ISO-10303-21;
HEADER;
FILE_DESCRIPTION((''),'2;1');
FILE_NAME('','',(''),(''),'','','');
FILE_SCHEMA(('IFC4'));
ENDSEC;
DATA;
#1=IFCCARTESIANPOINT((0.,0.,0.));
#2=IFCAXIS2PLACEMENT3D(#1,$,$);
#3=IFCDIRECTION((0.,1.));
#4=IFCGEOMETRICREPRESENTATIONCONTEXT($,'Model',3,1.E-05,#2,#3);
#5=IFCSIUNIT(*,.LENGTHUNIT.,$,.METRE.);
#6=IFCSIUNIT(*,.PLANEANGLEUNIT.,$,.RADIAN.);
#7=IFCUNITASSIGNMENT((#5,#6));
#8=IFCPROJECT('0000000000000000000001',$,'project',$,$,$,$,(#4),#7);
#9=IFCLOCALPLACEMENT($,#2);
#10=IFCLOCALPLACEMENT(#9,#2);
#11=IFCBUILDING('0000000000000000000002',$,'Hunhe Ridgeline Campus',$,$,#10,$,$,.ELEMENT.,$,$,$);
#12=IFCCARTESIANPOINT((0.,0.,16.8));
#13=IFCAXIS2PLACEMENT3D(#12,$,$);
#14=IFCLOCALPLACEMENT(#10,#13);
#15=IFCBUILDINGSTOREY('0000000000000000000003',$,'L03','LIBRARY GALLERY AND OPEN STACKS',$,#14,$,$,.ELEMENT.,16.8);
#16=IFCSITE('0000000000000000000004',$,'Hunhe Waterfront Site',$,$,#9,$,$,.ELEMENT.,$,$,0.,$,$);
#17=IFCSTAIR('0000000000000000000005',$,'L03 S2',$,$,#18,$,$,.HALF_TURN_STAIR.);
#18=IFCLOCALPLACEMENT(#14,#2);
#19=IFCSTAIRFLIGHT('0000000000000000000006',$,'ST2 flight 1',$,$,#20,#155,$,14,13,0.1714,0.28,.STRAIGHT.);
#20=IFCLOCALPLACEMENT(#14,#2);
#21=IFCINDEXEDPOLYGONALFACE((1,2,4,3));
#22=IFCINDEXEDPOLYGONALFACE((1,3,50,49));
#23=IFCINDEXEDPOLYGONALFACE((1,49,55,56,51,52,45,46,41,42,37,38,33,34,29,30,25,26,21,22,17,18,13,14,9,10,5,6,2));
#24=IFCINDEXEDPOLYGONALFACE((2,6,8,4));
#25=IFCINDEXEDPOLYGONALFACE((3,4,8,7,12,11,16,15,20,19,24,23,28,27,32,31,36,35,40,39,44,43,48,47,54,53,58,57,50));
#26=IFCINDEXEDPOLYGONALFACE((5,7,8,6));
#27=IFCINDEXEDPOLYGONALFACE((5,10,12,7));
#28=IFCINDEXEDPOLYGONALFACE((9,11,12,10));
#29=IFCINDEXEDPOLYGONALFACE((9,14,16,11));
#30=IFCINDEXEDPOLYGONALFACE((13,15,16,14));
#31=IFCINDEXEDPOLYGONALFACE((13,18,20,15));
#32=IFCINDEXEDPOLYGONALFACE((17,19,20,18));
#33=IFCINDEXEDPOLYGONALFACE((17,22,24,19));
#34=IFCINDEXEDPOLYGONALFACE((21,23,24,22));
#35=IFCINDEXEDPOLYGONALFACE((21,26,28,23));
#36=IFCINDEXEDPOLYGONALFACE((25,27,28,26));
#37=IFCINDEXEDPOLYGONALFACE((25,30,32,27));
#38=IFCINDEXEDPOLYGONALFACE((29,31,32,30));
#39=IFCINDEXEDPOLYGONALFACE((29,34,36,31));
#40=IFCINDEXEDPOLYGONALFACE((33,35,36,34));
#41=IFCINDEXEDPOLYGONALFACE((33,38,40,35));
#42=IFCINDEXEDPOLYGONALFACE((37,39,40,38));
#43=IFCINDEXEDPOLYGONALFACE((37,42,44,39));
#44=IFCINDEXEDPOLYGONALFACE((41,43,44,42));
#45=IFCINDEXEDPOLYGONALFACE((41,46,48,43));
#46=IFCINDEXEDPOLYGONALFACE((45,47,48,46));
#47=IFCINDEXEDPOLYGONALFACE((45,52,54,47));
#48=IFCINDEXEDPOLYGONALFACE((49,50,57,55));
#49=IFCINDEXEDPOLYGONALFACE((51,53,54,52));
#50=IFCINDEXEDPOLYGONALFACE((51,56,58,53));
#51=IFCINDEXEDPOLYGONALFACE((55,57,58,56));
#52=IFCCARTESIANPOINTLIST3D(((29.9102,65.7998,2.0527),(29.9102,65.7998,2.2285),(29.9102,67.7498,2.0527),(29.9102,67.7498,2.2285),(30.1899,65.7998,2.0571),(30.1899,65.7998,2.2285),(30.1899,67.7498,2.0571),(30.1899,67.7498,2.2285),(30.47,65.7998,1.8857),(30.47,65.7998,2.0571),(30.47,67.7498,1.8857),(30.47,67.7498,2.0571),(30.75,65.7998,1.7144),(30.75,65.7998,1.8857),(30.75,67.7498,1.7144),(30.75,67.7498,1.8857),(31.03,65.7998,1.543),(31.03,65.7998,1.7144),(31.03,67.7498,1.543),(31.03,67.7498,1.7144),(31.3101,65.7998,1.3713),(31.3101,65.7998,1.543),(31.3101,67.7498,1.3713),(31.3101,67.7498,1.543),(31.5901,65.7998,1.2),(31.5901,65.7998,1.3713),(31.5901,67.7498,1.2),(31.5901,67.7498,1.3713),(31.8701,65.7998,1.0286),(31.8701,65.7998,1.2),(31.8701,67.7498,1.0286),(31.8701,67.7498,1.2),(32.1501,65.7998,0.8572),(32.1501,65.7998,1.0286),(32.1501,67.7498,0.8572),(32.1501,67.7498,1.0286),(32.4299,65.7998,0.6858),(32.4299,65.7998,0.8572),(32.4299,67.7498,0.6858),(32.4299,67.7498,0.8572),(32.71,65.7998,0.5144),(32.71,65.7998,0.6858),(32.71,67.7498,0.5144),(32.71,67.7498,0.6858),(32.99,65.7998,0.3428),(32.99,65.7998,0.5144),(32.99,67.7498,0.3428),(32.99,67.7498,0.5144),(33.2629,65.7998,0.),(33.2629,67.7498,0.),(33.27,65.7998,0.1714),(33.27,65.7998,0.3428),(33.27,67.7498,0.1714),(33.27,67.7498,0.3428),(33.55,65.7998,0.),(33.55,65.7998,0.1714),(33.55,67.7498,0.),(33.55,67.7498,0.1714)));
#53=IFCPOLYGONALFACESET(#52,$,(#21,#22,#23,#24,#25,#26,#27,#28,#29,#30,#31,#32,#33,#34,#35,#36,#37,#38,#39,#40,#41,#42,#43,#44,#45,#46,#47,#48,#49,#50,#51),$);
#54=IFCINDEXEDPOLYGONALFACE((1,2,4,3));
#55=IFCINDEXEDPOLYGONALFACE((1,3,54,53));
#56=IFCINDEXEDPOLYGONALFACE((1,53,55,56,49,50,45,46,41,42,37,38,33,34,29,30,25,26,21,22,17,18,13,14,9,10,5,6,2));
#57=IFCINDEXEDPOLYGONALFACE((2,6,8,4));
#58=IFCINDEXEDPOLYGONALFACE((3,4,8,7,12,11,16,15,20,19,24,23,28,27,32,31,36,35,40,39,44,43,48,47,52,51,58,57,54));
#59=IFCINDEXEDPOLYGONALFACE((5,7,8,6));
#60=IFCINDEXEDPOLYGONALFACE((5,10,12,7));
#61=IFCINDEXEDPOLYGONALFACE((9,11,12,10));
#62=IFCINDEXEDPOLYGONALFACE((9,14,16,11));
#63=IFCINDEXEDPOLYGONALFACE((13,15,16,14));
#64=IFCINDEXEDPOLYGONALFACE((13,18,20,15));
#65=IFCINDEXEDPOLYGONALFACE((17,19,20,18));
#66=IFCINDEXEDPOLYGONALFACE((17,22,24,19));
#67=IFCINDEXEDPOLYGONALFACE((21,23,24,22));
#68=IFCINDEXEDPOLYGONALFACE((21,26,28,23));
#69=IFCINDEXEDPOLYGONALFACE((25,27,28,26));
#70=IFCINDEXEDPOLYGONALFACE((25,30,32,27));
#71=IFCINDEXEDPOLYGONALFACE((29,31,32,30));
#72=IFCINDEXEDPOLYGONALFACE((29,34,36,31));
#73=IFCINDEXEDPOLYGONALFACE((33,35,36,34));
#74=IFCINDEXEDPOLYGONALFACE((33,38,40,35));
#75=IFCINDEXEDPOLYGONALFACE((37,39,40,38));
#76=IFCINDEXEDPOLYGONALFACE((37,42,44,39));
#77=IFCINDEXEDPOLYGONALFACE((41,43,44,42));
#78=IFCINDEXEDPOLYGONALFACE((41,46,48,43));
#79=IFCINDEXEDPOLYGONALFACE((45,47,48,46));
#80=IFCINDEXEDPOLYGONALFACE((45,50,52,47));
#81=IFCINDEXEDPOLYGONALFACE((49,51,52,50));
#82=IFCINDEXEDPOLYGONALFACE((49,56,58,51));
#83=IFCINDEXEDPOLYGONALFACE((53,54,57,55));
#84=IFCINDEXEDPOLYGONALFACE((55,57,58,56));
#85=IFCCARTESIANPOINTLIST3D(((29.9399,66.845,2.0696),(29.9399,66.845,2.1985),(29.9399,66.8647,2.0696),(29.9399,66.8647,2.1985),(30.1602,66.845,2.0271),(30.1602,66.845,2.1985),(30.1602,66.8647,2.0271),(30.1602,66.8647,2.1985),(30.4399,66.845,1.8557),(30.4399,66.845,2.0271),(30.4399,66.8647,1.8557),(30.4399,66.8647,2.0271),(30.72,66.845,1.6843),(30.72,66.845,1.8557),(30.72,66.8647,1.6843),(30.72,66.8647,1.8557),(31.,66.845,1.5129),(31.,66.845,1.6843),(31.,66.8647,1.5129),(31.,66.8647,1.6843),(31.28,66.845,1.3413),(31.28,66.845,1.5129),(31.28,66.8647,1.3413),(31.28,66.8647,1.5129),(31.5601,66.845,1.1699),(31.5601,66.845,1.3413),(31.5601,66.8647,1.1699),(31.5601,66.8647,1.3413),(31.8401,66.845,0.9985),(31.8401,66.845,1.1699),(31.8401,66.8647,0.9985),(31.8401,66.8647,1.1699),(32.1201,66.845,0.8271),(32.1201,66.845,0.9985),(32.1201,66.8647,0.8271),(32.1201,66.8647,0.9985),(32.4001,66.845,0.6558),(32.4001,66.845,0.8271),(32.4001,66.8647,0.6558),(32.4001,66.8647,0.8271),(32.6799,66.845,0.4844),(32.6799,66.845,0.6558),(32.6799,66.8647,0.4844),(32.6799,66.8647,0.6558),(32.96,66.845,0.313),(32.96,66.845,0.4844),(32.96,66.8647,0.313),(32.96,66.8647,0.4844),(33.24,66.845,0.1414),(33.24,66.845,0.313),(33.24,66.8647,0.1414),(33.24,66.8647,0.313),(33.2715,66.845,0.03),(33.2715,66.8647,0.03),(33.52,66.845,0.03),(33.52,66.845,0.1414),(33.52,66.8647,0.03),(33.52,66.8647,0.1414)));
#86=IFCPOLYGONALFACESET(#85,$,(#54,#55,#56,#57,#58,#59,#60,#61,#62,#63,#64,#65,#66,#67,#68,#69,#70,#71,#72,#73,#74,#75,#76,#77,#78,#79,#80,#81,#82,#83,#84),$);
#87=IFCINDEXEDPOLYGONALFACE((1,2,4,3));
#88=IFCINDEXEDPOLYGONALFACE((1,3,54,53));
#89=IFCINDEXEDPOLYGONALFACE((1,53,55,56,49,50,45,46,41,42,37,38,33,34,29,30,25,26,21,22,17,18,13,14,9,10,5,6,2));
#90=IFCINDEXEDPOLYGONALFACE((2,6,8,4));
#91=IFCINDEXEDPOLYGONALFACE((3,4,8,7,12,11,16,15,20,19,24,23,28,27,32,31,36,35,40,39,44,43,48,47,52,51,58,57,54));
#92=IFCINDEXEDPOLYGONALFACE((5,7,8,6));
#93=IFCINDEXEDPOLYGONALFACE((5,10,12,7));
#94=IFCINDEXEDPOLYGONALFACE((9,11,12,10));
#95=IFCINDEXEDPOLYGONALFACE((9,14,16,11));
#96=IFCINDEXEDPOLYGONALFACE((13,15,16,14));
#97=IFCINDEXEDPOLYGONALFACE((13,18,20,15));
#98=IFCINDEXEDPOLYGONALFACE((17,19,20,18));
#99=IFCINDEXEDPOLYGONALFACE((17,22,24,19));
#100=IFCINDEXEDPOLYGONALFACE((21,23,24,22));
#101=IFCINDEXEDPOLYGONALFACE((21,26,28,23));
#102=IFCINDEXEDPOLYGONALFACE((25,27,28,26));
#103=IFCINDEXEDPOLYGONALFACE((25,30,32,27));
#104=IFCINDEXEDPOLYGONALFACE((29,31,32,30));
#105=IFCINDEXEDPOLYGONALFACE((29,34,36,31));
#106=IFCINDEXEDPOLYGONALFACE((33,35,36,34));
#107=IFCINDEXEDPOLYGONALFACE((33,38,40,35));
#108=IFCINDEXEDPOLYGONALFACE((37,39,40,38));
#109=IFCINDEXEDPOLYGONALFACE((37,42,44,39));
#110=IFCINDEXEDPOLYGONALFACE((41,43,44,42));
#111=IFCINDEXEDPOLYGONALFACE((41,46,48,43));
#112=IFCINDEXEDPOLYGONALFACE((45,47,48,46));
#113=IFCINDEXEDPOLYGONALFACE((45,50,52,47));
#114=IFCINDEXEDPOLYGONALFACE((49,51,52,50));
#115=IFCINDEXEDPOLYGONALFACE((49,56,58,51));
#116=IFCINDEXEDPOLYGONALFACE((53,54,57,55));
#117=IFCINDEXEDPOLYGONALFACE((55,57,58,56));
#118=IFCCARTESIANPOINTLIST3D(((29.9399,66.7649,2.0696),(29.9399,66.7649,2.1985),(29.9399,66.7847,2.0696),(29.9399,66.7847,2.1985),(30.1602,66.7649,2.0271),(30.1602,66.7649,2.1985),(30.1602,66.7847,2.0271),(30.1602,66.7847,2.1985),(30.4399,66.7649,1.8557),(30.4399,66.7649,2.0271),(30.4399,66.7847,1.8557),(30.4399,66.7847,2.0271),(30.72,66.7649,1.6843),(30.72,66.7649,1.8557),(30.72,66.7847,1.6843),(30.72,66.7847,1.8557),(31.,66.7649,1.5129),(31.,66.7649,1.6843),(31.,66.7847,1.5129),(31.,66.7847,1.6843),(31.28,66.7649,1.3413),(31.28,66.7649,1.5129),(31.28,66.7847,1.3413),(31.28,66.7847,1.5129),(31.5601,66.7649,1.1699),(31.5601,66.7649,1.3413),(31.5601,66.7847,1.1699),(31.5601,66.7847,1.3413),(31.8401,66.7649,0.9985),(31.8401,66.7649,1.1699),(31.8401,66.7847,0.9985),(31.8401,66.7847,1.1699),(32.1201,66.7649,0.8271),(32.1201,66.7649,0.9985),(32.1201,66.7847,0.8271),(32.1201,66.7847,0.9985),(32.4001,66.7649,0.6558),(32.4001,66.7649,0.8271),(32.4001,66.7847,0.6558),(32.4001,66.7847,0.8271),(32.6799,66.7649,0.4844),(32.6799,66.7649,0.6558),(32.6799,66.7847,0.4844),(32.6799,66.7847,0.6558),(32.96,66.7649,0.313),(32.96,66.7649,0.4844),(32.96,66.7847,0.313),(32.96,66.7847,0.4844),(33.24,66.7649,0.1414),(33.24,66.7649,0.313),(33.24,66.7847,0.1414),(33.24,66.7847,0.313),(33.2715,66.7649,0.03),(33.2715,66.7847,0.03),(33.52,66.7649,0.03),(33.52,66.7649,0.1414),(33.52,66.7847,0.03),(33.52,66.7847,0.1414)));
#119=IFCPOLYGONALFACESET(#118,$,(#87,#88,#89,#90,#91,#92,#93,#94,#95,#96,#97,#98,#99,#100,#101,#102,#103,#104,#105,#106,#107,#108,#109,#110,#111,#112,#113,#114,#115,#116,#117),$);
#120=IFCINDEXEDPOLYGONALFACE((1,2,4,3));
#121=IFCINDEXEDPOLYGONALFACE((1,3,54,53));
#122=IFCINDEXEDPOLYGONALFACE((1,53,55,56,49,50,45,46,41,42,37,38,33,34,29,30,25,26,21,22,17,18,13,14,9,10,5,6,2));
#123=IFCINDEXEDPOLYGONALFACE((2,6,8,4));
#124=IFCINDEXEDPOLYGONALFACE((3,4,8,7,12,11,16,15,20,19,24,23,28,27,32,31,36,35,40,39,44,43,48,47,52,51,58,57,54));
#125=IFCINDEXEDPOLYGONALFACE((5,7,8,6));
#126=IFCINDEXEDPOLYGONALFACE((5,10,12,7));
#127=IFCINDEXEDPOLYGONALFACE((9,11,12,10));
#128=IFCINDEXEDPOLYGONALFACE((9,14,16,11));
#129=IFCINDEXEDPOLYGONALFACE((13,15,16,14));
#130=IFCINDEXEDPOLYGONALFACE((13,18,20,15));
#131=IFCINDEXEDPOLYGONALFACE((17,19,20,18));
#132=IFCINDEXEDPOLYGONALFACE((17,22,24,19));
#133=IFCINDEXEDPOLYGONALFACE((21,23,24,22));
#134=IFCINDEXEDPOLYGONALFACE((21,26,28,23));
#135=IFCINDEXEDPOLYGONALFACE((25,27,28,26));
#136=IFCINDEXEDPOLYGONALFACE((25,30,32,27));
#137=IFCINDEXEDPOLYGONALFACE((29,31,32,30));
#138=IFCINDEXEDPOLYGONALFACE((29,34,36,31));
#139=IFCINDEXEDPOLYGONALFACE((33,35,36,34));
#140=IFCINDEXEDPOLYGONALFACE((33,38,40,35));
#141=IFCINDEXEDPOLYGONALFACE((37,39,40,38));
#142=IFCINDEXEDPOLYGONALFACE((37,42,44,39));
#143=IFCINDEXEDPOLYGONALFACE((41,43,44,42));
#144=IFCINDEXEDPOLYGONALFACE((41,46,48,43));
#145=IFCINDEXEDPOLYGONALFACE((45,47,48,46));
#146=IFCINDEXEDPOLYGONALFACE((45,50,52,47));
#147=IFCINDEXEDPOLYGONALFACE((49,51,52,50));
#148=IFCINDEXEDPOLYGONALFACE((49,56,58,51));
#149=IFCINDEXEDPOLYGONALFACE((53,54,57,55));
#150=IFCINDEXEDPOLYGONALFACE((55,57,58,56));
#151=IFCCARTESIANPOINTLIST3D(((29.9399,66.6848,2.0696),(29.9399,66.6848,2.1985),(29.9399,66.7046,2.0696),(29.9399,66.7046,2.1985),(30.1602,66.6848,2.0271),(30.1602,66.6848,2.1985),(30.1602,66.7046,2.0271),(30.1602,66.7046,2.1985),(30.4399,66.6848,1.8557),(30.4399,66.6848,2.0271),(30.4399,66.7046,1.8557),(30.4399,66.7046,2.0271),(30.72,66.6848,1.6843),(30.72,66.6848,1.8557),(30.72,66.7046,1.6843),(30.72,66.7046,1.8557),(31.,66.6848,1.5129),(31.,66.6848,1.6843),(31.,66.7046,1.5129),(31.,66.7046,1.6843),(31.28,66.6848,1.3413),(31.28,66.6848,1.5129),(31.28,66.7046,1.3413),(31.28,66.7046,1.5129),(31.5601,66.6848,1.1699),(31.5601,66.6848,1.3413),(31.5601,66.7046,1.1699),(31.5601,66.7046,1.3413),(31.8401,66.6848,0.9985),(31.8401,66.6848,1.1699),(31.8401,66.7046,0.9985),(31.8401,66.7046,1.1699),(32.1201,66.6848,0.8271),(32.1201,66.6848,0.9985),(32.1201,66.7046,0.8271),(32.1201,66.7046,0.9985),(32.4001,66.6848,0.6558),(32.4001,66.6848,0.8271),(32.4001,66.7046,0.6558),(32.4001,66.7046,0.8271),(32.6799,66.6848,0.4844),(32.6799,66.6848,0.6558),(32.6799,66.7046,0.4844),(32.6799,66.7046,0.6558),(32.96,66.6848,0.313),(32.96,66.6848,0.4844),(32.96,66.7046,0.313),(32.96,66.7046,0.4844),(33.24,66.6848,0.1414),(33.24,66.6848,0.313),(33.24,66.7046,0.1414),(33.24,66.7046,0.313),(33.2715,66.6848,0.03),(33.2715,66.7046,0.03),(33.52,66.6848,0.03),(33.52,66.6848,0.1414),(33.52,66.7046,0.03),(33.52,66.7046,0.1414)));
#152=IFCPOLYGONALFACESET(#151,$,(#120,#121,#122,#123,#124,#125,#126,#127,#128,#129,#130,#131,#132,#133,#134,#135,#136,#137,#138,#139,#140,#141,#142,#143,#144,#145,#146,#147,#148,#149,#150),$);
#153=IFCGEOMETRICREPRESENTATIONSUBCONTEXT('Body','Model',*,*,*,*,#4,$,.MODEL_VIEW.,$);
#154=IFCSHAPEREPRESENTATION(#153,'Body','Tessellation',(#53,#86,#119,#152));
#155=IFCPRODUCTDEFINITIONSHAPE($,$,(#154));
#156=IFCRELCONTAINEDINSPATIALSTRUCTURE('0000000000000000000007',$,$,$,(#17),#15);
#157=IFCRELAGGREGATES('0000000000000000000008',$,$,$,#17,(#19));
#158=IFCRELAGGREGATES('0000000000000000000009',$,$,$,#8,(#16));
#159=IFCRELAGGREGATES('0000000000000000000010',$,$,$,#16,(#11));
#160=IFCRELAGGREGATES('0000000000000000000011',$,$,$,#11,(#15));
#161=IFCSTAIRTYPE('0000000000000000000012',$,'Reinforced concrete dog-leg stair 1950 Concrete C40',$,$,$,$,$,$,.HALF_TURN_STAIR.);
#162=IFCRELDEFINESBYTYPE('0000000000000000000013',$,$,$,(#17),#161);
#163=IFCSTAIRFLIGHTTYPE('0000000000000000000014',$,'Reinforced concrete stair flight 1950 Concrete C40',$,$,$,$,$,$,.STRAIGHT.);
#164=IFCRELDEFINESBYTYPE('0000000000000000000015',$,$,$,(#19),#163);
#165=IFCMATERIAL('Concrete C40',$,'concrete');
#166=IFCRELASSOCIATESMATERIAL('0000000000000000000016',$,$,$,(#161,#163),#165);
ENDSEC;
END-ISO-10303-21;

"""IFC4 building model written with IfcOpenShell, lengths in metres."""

from ifc_helpers import new_model, si_unit, direction, frame, origin, place, context, subcontext, project, spatial, polyline, outline, extrude, material, type_object, element, aggregate, save


model = new_model("IFC4")

# Units and contexts
model_context = context("Model", 3, precision=1e-05, world=origin(), true_north=direction((0.0, 1.0)))
body_context = subcontext(model_context, "Body", "Model", "MODEL_VIEW")
ifc_project = project(units=[si_unit("LENGTHUNIT", "METRE"), si_unit("PLANEANGLEUNIT", "RADIAN")], contexts=[model_context])

# Site, building, storey
site_placement = place(None, origin())
site = spatial("IfcSite", under=ifc_project, at=site_placement, Name="Hunhe Waterfront Site", CompositionType="ELEMENT", RefElevation=0.0)
building_placement = place(site_placement, origin())
building = spatial("IfcBuilding", under=site, at=building_placement, Name="Hunhe Ridgeline Campus", CompositionType="ELEMENT")
storey_placement = place(building_placement, frame((0.0, 0.0, 16.8)))
storey = spatial("IfcBuildingStorey", under=building, at=storey_placement, Name="L03", Description="LIBRARY GALLERY AND OPEN STACKS", CompositionType="ELEMENT", Elevation=16.8)

# Stair, stair flight
ifc_material_1 = material(Name="Concrete C40", Category="concrete")
stair_type = type_object("IfcStairType", Name="Reinforced concrete dog-leg stair 1950 Concrete C40", PredefinedType="HALF_TURN_STAIR", material=ifc_material_1)
stair_placement = place(storey_placement, origin())
stair = element("IfcStair", 1, at=stair_placement, inside=storey, type_object=stair_type, Name="L03 S2", PredefinedType="HALF_TURN_STAIR")
stair_flight_type = type_object("IfcStairFlightType", Name="Reinforced concrete stair flight 1950 Concrete C40", PredefinedType="STRAIGHT", material=ifc_material_1)
stair_flight_1_placement = place(storey_placement, frame((33.55, 66.7749, 0.0), z_axis=(0.0, 0.0, 1.0), x_axis=(-1.0, 0.0, 0.0)))
stair_flight_1 = element("IfcStairFlight", 2, at=stair_flight_1_placement, type_object=stair_flight_type, Name="ST2 flight 1", NumberOfRisers=14, NumberOfTreads=13, PredefinedType="STRAIGHT", RiserHeight=0.1714, TreadLength=0.28, context=body_context, shape_type="SweptSolid", body=[
    extrude(outline(polyline([(0.0, 0.0), (0.0, 0.1714), (0.28, 0.1714), (0.28, 0.3428), (0.5601, 0.3428), (0.5601, 0.5144), (0.8401, 0.5144), (0.8401, 0.6858), (1.1201, 0.6858), (1.1201, 0.8572), (1.3999, 0.8572), (1.3999, 1.0286), (1.6799, 1.0286), (1.6799, 1.2), (1.96, 1.2), (1.96, 1.3713), (2.24, 1.3713), (2.24, 1.543), (2.52, 1.543), (2.52, 1.7144), (2.8, 1.7144), (2.8, 1.8857), (3.0801, 1.8857), (3.0801, 2.0571), (3.3601, 2.0571), (3.3601, 2.2285), (3.6399, 2.2285), (3.6399, 2.3999), (3.6399, 2.0527), (0.2871, 0.0), (0.0, 0.0)])), frame((0.0, 0.9751, 0.0), z_axis=(0.0, -1.0, 0.0), x_axis=(1.0, 0.0, 0.0)), (0.0, 0.0, 1.0), 1.95),
    extrude(outline(polyline([(0.03, 0.03), (0.03, 0.1414), (0.3101, 0.1414), (0.3101, 0.313), (0.5901, 0.313), (0.5901, 0.4844), (0.8701, 0.4844), (0.8701, 0.6558), (1.1499, 0.6558), (1.1499, 0.8271), (1.4299, 0.8271), (1.4299, 0.9985), (1.71, 0.9985), (1.71, 1.1699), (1.99, 1.1699), (1.99, 1.3413), (2.27, 1.3413), (2.27, 1.5129), (2.55, 1.5129), (2.55, 1.6843), (2.8301, 1.6843), (2.8301, 1.8557), (3.1101, 1.8557), (3.1101, 2.0271), (3.3899, 2.0271), (3.3899, 2.1985), (3.6101, 2.1985), (3.6101, 2.0696), (0.2786, 0.03), (0.03, 0.03)])), frame((0.0, -0.0701, 0.0), z_axis=(0.0, -1.0, 0.0), x_axis=(1.0, 0.0, 0.0)), (0.0, 0.0, 1.0), 0.0198),
    extrude(outline(polyline([(0.03, 0.03), (0.03, 0.1414), (0.3101, 0.1414), (0.3101, 0.313), (0.5901, 0.313), (0.5901, 0.4844), (0.8701, 0.4844), (0.8701, 0.6558), (1.1499, 0.6558), (1.1499, 0.8271), (1.4299, 0.8271), (1.4299, 0.9985), (1.71, 0.9985), (1.71, 1.1699), (1.99, 1.1699), (1.99, 1.3413), (2.27, 1.3413), (2.27, 1.5129), (2.55, 1.5129), (2.55, 1.6843), (2.8301, 1.6843), (2.8301, 1.8557), (3.1101, 1.8557), (3.1101, 2.0271), (3.3899, 2.0271), (3.3899, 2.1985), (3.6101, 2.1985), (3.6101, 2.0696), (0.2786, 0.03), (0.03, 0.03)])), frame((0.0, 0.01, 0.0), z_axis=(0.0, -1.0, 0.0), x_axis=(1.0, 0.0, 0.0)), (0.0, 0.0, 1.0), 0.0198),
    extrude(outline(polyline([(0.03, 0.03), (0.03, 0.1414), (0.3101, 0.1414), (0.3101, 0.313), (0.5901, 0.313), (0.5901, 0.4844), (0.8701, 0.4844), (0.8701, 0.6558), (1.1499, 0.6558), (1.1499, 0.8271), (1.4299, 0.8271), (1.4299, 0.9985), (1.71, 0.9985), (1.71, 1.1699), (1.99, 1.1699), (1.99, 1.3413), (2.27, 1.3413), (2.27, 1.5129), (2.55, 1.5129), (2.55, 1.6843), (2.8301, 1.6843), (2.8301, 1.8557), (3.1101, 1.8557), (3.1101, 2.0271), (3.3899, 2.0271), (3.3899, 2.1985), (3.6101, 2.1985), (3.6101, 2.0696), (0.2786, 0.03), (0.03, 0.03)])), frame((0.0, 0.0901, 0.0), z_axis=(0.0, -1.0, 0.0), x_axis=(1.0, 0.0, 0.0)), (0.0, 0.0, 1.0), 0.0198),
])
aggregate(stair, [stair_flight_1])

save(model, "model.ifc")
